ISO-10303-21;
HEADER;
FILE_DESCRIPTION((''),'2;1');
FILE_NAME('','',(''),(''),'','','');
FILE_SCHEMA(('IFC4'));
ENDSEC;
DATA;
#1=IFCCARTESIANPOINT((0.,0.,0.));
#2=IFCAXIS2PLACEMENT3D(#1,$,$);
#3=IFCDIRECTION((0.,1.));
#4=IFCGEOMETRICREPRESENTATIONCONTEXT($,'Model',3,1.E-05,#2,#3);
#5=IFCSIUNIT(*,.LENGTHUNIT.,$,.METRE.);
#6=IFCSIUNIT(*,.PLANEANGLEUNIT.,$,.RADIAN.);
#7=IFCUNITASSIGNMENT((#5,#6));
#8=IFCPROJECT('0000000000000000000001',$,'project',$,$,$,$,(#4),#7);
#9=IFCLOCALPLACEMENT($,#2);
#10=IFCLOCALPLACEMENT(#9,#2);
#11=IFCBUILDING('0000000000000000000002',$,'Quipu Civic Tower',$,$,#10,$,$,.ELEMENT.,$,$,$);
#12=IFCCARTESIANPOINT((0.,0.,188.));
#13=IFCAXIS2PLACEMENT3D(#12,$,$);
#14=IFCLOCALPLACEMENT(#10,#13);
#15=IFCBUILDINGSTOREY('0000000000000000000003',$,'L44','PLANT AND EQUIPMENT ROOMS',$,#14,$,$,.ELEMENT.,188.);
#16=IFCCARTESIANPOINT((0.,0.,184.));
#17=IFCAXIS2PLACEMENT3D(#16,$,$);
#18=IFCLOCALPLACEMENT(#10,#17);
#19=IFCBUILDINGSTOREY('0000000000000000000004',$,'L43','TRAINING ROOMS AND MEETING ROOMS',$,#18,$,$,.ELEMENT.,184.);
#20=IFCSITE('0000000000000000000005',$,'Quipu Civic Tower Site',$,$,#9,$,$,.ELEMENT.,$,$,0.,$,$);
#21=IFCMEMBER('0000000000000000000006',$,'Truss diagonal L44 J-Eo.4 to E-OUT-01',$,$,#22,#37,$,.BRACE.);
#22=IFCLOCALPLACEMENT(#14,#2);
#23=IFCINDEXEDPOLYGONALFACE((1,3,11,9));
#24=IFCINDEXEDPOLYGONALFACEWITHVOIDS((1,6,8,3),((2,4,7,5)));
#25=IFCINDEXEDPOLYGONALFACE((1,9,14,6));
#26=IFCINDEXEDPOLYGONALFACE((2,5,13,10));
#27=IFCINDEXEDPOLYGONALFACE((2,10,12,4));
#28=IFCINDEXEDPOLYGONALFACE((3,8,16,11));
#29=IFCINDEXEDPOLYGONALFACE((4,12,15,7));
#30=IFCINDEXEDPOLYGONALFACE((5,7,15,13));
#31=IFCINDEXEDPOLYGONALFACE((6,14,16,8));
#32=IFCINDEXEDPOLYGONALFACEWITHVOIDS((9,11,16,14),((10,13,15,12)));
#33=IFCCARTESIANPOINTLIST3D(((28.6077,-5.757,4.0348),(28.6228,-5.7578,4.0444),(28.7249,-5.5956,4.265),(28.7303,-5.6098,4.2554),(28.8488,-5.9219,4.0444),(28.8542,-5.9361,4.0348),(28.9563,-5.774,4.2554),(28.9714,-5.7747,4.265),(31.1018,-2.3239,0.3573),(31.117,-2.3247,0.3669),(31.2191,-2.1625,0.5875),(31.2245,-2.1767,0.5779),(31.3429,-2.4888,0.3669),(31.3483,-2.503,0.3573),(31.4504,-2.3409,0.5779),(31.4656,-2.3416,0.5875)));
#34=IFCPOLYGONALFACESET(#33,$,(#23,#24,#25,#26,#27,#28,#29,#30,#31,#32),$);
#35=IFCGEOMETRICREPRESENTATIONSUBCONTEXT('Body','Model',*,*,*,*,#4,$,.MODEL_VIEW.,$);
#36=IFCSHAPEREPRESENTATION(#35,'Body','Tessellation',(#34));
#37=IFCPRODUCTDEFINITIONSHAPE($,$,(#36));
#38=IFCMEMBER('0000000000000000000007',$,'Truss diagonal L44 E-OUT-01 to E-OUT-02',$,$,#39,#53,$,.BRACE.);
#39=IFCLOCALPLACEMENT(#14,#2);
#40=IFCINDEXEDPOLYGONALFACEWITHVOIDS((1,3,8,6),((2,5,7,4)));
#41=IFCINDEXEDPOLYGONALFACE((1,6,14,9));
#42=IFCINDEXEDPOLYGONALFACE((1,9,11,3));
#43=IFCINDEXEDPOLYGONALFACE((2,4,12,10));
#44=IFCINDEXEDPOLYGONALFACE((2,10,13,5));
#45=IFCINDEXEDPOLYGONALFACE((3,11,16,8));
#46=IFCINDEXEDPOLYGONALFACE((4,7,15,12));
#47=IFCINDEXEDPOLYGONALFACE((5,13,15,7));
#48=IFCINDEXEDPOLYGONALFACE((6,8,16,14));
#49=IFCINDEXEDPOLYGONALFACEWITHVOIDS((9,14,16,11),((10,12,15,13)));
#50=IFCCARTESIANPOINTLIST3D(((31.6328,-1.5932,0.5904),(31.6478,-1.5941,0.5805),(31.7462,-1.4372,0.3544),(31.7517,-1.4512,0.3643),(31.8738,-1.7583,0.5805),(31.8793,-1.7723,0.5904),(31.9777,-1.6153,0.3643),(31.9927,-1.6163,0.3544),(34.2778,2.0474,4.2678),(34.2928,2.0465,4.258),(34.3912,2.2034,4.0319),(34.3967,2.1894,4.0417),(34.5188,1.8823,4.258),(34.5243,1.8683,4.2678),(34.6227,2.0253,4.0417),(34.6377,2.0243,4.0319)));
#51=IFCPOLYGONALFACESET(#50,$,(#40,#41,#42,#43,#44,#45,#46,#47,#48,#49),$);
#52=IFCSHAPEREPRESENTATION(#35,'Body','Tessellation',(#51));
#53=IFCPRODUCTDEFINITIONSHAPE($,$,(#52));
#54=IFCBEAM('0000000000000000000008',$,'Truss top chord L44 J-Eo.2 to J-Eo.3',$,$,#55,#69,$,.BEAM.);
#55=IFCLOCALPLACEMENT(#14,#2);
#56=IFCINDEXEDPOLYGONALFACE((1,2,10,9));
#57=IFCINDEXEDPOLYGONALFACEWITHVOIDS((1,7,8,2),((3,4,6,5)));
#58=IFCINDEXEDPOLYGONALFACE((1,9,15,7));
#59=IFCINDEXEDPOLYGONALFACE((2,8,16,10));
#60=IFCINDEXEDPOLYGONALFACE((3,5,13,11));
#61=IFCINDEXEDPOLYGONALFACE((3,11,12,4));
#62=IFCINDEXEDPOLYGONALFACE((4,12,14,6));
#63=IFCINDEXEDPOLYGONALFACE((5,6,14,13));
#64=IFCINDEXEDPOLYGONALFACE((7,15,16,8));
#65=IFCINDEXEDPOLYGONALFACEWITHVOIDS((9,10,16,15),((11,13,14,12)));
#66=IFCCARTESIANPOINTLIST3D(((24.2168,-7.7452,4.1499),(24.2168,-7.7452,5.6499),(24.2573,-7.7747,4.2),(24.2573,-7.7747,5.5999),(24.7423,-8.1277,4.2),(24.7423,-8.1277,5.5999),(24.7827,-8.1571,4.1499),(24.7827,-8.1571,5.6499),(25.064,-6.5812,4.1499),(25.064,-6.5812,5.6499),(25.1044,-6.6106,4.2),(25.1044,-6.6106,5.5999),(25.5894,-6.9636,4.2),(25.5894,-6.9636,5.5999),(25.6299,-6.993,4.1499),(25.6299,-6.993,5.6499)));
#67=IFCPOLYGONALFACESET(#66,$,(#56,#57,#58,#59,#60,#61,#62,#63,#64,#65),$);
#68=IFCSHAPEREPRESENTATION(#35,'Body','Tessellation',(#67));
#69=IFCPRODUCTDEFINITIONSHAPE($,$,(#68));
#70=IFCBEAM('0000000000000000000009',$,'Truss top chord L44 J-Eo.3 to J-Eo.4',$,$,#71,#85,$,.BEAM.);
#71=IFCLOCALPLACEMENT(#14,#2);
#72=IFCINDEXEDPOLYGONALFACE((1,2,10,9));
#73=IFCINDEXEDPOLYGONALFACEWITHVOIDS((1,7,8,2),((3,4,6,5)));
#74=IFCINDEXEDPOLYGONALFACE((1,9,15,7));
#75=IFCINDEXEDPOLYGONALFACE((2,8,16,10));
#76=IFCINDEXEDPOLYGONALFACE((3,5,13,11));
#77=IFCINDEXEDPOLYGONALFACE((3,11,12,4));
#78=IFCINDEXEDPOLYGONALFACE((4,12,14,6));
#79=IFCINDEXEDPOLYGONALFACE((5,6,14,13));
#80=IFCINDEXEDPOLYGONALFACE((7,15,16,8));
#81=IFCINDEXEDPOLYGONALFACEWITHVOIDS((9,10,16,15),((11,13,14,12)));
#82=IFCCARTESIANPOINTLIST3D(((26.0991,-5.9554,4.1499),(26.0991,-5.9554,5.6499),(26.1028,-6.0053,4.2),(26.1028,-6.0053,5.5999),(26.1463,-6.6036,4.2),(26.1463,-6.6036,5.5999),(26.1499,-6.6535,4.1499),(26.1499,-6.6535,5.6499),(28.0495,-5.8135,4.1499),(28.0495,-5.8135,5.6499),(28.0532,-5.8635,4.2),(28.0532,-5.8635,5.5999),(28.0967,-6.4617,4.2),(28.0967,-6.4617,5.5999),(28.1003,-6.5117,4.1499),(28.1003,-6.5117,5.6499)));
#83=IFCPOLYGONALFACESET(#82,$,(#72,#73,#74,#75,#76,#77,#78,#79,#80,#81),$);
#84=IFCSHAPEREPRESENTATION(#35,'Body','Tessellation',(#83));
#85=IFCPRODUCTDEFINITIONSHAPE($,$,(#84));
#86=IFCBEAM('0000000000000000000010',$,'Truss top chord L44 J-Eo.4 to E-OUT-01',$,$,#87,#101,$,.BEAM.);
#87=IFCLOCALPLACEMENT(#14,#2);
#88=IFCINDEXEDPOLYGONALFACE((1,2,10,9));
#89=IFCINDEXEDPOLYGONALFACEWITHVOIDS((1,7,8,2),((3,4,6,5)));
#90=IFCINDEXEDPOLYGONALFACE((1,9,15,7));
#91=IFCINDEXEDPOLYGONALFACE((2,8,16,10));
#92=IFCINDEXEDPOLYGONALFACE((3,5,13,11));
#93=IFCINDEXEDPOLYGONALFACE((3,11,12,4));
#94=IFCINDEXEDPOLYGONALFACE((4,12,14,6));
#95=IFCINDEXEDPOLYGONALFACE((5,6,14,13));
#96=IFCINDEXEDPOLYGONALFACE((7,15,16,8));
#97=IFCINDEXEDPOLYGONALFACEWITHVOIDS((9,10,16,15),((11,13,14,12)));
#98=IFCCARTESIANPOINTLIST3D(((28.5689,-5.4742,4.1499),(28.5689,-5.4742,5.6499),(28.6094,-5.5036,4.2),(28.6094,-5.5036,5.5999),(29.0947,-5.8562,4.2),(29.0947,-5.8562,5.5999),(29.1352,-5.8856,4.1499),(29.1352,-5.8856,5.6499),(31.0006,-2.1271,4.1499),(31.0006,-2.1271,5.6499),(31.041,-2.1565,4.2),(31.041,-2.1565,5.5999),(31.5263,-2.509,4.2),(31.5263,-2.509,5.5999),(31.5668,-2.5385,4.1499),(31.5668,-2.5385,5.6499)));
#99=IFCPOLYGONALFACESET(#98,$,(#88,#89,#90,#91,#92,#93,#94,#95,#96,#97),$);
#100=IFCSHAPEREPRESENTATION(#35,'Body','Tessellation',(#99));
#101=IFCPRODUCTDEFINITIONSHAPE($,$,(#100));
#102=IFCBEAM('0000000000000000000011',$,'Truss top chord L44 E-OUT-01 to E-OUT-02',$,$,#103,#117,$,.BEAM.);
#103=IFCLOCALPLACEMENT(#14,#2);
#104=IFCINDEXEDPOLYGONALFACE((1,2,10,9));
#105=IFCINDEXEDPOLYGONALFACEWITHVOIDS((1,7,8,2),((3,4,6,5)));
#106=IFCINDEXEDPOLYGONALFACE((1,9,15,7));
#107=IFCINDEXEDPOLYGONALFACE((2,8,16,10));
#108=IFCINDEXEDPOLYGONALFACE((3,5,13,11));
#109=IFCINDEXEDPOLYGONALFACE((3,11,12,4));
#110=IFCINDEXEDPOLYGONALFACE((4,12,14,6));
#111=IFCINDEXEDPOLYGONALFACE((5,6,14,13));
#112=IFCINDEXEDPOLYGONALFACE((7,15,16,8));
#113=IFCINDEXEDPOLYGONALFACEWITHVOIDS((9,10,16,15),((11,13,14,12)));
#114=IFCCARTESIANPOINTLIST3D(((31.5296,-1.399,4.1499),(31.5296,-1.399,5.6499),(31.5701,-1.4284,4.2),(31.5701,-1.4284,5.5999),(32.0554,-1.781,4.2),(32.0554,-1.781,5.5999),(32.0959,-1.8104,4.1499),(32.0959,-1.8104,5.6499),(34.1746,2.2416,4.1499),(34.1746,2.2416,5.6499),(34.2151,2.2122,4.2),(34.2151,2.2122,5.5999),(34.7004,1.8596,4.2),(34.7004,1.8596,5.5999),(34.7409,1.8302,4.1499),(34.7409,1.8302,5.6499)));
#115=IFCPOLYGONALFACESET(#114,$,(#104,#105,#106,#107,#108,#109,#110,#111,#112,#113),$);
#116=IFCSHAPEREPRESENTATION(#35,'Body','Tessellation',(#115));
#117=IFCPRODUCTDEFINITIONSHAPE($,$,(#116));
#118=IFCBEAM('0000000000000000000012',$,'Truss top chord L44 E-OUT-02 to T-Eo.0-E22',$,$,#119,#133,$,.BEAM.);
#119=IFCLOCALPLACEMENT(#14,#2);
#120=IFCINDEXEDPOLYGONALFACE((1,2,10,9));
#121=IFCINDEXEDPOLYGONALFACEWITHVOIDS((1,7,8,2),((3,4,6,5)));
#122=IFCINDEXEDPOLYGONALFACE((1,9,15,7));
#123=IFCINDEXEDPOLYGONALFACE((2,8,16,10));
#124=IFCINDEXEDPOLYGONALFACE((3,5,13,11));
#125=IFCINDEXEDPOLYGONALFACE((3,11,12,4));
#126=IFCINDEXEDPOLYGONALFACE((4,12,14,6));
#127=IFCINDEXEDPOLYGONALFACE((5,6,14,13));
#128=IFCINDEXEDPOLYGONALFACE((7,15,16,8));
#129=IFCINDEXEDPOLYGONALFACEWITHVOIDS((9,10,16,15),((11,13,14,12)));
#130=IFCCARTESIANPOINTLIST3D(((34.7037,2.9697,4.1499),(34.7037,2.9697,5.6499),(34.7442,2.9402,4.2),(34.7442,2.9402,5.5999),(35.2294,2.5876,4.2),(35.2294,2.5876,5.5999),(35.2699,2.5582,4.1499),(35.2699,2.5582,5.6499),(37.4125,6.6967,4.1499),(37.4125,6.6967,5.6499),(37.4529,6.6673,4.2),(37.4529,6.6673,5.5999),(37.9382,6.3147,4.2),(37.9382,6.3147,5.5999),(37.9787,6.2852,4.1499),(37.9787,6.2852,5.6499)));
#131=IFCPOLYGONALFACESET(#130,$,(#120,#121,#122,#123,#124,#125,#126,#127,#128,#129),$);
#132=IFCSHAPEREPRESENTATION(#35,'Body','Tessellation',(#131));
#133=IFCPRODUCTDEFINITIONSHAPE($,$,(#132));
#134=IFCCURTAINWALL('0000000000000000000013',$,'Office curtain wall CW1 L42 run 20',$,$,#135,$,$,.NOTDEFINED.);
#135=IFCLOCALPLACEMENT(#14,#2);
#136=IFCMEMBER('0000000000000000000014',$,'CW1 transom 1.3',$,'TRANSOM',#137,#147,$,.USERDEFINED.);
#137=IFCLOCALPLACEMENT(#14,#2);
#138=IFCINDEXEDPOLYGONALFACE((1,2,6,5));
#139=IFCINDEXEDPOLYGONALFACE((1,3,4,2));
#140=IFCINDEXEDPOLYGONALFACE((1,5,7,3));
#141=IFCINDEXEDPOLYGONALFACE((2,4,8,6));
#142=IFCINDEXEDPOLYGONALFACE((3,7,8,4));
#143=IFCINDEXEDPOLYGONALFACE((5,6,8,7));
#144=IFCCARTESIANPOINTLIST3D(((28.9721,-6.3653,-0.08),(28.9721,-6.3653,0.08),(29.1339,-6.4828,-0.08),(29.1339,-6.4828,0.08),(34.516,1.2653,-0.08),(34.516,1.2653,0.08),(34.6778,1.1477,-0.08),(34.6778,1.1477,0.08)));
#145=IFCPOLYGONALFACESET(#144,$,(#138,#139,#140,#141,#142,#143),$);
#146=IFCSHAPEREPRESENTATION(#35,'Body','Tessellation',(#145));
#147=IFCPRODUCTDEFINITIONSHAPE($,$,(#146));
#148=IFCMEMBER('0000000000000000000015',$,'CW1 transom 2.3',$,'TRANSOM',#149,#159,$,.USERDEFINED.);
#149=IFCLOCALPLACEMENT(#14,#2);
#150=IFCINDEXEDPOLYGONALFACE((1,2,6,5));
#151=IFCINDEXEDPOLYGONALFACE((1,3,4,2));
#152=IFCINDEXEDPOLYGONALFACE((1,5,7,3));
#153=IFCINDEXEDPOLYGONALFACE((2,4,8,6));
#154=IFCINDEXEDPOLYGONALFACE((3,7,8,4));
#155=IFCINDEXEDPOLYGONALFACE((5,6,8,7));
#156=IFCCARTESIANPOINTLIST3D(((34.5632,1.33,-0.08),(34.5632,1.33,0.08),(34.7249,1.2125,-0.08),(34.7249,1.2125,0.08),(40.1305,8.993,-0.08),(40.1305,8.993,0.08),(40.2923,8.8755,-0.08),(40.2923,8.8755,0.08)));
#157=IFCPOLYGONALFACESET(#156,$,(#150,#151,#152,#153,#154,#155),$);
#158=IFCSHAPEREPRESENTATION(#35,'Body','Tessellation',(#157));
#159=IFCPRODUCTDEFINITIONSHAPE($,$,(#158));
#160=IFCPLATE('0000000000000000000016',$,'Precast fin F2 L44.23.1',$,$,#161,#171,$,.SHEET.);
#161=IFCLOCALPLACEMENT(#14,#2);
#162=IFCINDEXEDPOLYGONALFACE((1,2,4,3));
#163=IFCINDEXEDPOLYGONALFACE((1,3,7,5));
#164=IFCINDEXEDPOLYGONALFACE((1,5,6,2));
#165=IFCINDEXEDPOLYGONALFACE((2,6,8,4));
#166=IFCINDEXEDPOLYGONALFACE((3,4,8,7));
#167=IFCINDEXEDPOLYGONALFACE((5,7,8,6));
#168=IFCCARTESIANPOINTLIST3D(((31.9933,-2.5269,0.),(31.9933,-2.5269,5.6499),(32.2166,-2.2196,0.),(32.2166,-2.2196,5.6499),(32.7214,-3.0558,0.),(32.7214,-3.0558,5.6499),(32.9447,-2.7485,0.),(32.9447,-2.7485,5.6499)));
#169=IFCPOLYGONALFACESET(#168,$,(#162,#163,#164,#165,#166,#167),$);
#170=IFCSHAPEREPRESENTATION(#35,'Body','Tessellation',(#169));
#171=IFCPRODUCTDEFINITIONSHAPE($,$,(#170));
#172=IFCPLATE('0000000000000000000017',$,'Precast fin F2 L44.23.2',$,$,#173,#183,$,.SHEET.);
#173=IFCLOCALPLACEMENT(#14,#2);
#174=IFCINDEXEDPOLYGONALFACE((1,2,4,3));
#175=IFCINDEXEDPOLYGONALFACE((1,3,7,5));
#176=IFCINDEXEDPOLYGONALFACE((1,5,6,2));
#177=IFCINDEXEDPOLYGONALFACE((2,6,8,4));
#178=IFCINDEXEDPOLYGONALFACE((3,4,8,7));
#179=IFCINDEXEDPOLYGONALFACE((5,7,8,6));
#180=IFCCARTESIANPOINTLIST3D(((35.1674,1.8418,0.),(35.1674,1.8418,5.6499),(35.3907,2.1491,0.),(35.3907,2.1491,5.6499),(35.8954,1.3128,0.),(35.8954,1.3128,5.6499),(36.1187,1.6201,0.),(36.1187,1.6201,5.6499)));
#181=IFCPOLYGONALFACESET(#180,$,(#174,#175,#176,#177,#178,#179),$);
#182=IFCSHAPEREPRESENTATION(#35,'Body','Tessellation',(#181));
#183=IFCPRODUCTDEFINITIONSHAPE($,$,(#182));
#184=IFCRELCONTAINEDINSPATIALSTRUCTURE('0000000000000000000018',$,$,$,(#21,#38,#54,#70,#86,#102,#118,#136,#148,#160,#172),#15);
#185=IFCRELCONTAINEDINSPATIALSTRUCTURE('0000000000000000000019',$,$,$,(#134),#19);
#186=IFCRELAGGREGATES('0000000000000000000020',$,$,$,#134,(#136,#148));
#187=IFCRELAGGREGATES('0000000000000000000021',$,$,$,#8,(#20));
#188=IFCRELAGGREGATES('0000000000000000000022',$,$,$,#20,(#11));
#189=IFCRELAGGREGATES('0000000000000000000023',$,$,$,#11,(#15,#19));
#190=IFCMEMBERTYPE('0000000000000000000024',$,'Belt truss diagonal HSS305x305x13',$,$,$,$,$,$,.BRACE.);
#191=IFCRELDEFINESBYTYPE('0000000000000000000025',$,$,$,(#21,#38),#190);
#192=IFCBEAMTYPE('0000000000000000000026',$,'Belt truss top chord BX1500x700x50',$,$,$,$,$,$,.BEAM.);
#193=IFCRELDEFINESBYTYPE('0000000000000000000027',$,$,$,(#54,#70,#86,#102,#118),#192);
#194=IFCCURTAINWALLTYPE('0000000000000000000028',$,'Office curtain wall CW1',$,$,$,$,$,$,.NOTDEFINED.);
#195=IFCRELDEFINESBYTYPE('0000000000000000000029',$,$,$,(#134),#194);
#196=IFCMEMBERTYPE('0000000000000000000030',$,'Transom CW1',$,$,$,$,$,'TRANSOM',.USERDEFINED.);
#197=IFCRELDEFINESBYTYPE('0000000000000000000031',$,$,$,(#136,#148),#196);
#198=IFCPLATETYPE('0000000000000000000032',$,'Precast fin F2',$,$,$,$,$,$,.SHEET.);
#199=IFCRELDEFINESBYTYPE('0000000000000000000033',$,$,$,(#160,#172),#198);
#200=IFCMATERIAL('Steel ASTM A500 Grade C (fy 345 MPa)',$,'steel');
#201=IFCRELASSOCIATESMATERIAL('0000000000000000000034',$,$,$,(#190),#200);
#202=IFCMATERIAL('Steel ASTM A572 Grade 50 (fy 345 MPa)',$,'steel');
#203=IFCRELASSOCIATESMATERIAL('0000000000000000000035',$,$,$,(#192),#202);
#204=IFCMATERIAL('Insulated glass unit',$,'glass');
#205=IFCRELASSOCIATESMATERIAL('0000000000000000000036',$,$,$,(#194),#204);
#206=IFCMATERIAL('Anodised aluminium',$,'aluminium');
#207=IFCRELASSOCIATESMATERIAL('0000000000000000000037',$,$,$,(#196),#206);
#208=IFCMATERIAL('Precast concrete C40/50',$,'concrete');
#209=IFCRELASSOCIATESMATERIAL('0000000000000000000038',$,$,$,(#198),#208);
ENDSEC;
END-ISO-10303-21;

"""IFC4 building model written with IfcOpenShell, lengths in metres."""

from ifc_helpers import new_model, si_unit, direction, frame, origin, origin_2d, place, context, subcontext, project, spatial, rectangle, hollow_rectangle, extrude, material, material_profile, profile_set, type_object, element, aggregate, save


model = new_model("IFC4")

# Units and contexts
model_context = context("Model", 3, precision=1e-05, world=origin(), true_north=direction((0.0, 1.0)))
body_context = subcontext(model_context, "Body", "Model", "MODEL_VIEW")
ifc_project = project(units=[si_unit("LENGTHUNIT", "METRE"), si_unit("PLANEANGLEUNIT", "RADIAN")], contexts=[model_context])

# Site, building, storey
site_placement = place(None, origin())
site = spatial("IfcSite", under=ifc_project, at=site_placement, Name="Quipu Civic Tower Site", CompositionType="ELEMENT", RefElevation=0.0)
building_placement = place(site_placement, origin())
building = spatial("IfcBuilding", under=site, at=building_placement, Name="Quipu Civic Tower", CompositionType="ELEMENT")
storey_1_placement = place(building_placement, frame((0.0, 0.0, 188.0)))
storey_1 = spatial("IfcBuildingStorey", under=building, at=storey_1_placement, Name="L44", Description="PLANT AND EQUIPMENT ROOMS", CompositionType="ELEMENT", Elevation=188.0)

# Members
ifc_material_1 = material(Name="Steel ASTM A500 Grade C (fy 345 MPa)", Category="steel")
ifc_material_profile_1 = material_profile(ifc_material_1, hollow_rectangle(XDim=0.3047, YDim=0.3047, WallThickness=0.0127, at=origin_2d()), Name="HSS305x305x13")
ifc_profile_set_1 = profile_set([ifc_material_profile_1], Name="Steel ASTM A500 Grade C (fy 345 MPa)")
member_type_1 = type_object("IfcMemberType", Name="Belt truss diagonal HSS305x305x13", PredefinedType="BRACE", material=ifc_profile_set_1)
member_1_placement = place(storey_1_placement, frame((28.7896, -5.7659, 4.1499), z_axis=(0.444174, 0.611391, -0.654913), x_axis=(-0.809035, 0.587761, 0.0)))
element("IfcMember", 1, at=member_1_placement, inside=storey_1, type_object=member_type_1, Name="Truss diagonal L44 J-Eo.4 to E-OUT-01", PredefinedType="BRACE", context=body_context, shape_type="SweptSolid", body=[
    extrude(hollow_rectangle(XDim=0.3047, YDim=0.3047, WallThickness=0.0127, at=origin_2d()), origin(), (0.0, 0.0, 1.0), 5.6152),
])
member_2_placement = place(storey_1_placement, frame((31.8127, -1.6047, 0.4724), z_axis=(0.455131, 0.626446, 0.632789), x_axis=(-0.809022, 0.587778, 0.0)))
element("IfcMember", 2, at=member_2_placement, inside=storey_1, type_object=member_type_1, Name="Truss diagonal L44 E-OUT-01 to E-OUT-02", PredefinedType="BRACE", context=body_context, shape_type="SweptSolid", body=[
    extrude(hollow_rectangle(XDim=0.3047, YDim=0.3047, WallThickness=0.0127, at=origin_2d()), origin(), (0.0, 0.0, 1.0), 5.8115),
])

# Beams
ifc_material_2 = material(Name="Steel ASTM A572 Grade 50 (fy 345 MPa)", Category="steel")
ifc_material_profile_2 = material_profile(ifc_material_2, hollow_rectangle(XDim=0.7, YDim=1.5, WallThickness=0.05, at=origin_2d()), Name="BX1500x700x50")
ifc_profile_set_2 = profile_set([ifc_material_profile_2], Name="Steel ASTM A572 Grade 50 (fy 345 MPa)")
beam_type_1 = type_object("IfcBeamType", Name="Belt truss top chord BX1500x700x50", PredefinedType="BEAM", material=ifc_profile_set_2)
beam_1_placement = place(storey_1_placement, frame((24.4998, -7.9512, 4.8999), z_axis=(0.588434, 0.808545, 0.0), x_axis=(-0.808545, 0.588434, 0.0)))
element("IfcBeam", 3, at=beam_1_placement, inside=storey_1, type_object=beam_type_1, Name="Truss top chord L44 J-Eo.2 to J-Eo.3", PredefinedType="BEAM", context=body_context, shape_type="SweptSolid", body=[
    extrude(hollow_rectangle(XDim=0.7, YDim=1.5, WallThickness=0.05, at=origin_2d()), origin(), (0.0, 0.0, 1.0), 1.4397),
])
beam_2_placement = place(storey_1_placement, frame((26.1245, -6.3044, 4.8999), z_axis=(0.997366, 0.072533, 0.0), x_axis=(-0.072533, 0.997366, 0.0)))
element("IfcBeam", 4, at=beam_2_placement, inside=storey_1, type_object=beam_type_1, Name="Truss top chord L44 J-Eo.3 to J-Eo.4", PredefinedType="BEAM", context=body_context, shape_type="SweptSolid", body=[
    extrude(hollow_rectangle(XDim=0.7, YDim=1.5, WallThickness=0.05, at=origin_2d()), origin(), (0.0, 0.0, 1.0), 1.9556),
])
beam_3_placement = place(storey_1_placement, frame((28.8521, -5.6799, 4.8999), z_axis=(0.587751, 0.809042, 0.0), x_axis=(-0.809042, 0.587751, 0.0)))
element("IfcBeam", 5, at=beam_3_placement, inside=storey_1, type_object=beam_type_1, Name="Truss top chord L44 J-Eo.4 to E-OUT-01", PredefinedType="BEAM", context=body_context, shape_type="SweptSolid", body=[
    extrude(hollow_rectangle(XDim=0.7, YDim=1.5, WallThickness=0.05, at=origin_2d()), origin(), (0.0, 0.0, 1.0), 4.1372),
])
beam_4_placement = place(storey_1_placement, frame((31.8127, -1.6047, 4.8999), z_axis=(0.587778, 0.809022, 0.0), x_axis=(-0.809022, 0.587778, 0.0)))
element("IfcBeam", 6, at=beam_4_placement, inside=storey_1, type_object=beam_type_1, Name="Truss top chord L44 E-OUT-01 to E-OUT-02", PredefinedType="BEAM", context=body_context, shape_type="SweptSolid", body=[
    extrude(hollow_rectangle(XDim=0.7, YDim=1.5, WallThickness=0.05, at=origin_2d()), origin(), (0.0, 0.0, 1.0), 4.5),
])
beam_5_placement = place(storey_1_placement, frame((34.9868, 2.7639, 4.8999), z_axis=(0.58791, 0.808926, 0.0), x_axis=(-0.808926, 0.58791, 0.0)))
element("IfcBeam", 7, at=beam_5_placement, inside=storey_1, type_object=beam_type_1, Name="Truss top chord L44 E-OUT-02 to T-Eo.0-E22", PredefinedType="BEAM", context=body_context, shape_type="SweptSolid", body=[
    extrude(hollow_rectangle(XDim=0.7, YDim=1.5, WallThickness=0.05, at=origin_2d()), origin(), (0.0, 0.0, 1.0), 4.6074),
])

# Shared definitions
storey_2_placement = place(building_placement, frame((0.0, 0.0, 184.0)))
storey_2 = spatial("IfcBuildingStorey", under=building, at=storey_2_placement, Name="L43", Description="TRAINING ROOMS AND MEETING ROOMS", CompositionType="ELEMENT", Elevation=184.0)

# Curtain wall, members
ifc_material_3 = material(Name="Insulated glass unit", Category="glass")
curtain_wall_type = type_object("IfcCurtainWallType", Name="Office curtain wall CW1", PredefinedType="NOTDEFINED", material=ifc_material_3)
curtain_wall_placement = place(storey_2_placement, origin())
curtain_wall = element("IfcCurtainWall", 8, at=curtain_wall_placement, inside=storey_2, type_object=curtain_wall_type, Name="Office curtain wall CW1 L42 run 20", PredefinedType="NOTDEFINED")
ifc_material_4 = material(Name="Anodised aluminium", Category="aluminium")
ifc_material_profile_3 = material_profile(ifc_material_4, rectangle(XDim=0.2, YDim=0.1599, at=origin_2d()), Name="RECT 200x160")
ifc_profile_set_3 = profile_set([ifc_material_profile_3], Name="Anodised aluminium")
member_type_2 = type_object("IfcMemberType", Name="Transom CW1", ElementType="TRANSOM", PredefinedType="USERDEFINED", material=ifc_profile_set_3)
member_3_placement = place(storey_1_placement, frame((29.053, -6.4241, 0.0), z_axis=(0.587784, 0.809018, 0.0), x_axis=(-0.809018, 0.587784, 0.0)))
member_3 = element("IfcMember", 9, at=member_3_placement, inside=storey_1, type_object=member_type_2, Name="CW1 transom 1.3", ObjectType="TRANSOM", PredefinedType="USERDEFINED", context=body_context, shape_type="SweptSolid", body=[
    extrude(rectangle(XDim=0.2, YDim=0.1599, at=origin_2d()), origin(), (0.0, 0.0, 1.0), 9.4319),
])
member_4_placement = place(storey_1_placement, frame((34.644, 1.2712, 0.0), z_axis=(0.587773, 0.809026, 0.0), x_axis=(-0.809026, 0.587773, 0.0)))
member_4 = element("IfcMember", 10, at=member_4_placement, inside=storey_1, type_object=member_type_2, Name="CW1 transom 2.3", ObjectType="TRANSOM", PredefinedType="USERDEFINED", context=body_context, shape_type="SweptSolid", body=[
    extrude(rectangle(XDim=0.2, YDim=0.1599, at=origin_2d()), origin(), (0.0, 0.0, 1.0), 9.4719),
])
aggregate(curtain_wall, [member_3, member_4])

# Plates
ifc_material_5 = material(Name="Precast concrete C40/50", Category="concrete")
plate_type = type_object("IfcPlateType", Name="Precast fin F2", PredefinedType="SHEET", material=ifc_material_5)
for number, where, z_axis, x_axis, name in (
    (11, (32.469, -2.6377, 0.0), (0.0, 0.0, 1.0), (0.587787, 0.809016, 0.0), "Precast fin F2 L44.23.1"),
    (12, (35.6431, 1.731, 0.0), (0.0, 0.0, 1.0), (0.587787, 0.809016, 0.0), "Precast fin F2 L44.23.2"),
):
    element("IfcPlate", number, at=place(storey_1_placement, frame(where, z_axis=z_axis, x_axis=x_axis)), inside=storey_1, type_object=plate_type, Name=name, PredefinedType="SHEET", context=body_context, shape_type="SweptSolid", body=[
        extrude(rectangle(XDim=0.3799, YDim=0.8999, at=origin_2d()), origin(), (0.0, 0.0, 1.0), 5.6499),
    ])

save(model, "model.ifc")
